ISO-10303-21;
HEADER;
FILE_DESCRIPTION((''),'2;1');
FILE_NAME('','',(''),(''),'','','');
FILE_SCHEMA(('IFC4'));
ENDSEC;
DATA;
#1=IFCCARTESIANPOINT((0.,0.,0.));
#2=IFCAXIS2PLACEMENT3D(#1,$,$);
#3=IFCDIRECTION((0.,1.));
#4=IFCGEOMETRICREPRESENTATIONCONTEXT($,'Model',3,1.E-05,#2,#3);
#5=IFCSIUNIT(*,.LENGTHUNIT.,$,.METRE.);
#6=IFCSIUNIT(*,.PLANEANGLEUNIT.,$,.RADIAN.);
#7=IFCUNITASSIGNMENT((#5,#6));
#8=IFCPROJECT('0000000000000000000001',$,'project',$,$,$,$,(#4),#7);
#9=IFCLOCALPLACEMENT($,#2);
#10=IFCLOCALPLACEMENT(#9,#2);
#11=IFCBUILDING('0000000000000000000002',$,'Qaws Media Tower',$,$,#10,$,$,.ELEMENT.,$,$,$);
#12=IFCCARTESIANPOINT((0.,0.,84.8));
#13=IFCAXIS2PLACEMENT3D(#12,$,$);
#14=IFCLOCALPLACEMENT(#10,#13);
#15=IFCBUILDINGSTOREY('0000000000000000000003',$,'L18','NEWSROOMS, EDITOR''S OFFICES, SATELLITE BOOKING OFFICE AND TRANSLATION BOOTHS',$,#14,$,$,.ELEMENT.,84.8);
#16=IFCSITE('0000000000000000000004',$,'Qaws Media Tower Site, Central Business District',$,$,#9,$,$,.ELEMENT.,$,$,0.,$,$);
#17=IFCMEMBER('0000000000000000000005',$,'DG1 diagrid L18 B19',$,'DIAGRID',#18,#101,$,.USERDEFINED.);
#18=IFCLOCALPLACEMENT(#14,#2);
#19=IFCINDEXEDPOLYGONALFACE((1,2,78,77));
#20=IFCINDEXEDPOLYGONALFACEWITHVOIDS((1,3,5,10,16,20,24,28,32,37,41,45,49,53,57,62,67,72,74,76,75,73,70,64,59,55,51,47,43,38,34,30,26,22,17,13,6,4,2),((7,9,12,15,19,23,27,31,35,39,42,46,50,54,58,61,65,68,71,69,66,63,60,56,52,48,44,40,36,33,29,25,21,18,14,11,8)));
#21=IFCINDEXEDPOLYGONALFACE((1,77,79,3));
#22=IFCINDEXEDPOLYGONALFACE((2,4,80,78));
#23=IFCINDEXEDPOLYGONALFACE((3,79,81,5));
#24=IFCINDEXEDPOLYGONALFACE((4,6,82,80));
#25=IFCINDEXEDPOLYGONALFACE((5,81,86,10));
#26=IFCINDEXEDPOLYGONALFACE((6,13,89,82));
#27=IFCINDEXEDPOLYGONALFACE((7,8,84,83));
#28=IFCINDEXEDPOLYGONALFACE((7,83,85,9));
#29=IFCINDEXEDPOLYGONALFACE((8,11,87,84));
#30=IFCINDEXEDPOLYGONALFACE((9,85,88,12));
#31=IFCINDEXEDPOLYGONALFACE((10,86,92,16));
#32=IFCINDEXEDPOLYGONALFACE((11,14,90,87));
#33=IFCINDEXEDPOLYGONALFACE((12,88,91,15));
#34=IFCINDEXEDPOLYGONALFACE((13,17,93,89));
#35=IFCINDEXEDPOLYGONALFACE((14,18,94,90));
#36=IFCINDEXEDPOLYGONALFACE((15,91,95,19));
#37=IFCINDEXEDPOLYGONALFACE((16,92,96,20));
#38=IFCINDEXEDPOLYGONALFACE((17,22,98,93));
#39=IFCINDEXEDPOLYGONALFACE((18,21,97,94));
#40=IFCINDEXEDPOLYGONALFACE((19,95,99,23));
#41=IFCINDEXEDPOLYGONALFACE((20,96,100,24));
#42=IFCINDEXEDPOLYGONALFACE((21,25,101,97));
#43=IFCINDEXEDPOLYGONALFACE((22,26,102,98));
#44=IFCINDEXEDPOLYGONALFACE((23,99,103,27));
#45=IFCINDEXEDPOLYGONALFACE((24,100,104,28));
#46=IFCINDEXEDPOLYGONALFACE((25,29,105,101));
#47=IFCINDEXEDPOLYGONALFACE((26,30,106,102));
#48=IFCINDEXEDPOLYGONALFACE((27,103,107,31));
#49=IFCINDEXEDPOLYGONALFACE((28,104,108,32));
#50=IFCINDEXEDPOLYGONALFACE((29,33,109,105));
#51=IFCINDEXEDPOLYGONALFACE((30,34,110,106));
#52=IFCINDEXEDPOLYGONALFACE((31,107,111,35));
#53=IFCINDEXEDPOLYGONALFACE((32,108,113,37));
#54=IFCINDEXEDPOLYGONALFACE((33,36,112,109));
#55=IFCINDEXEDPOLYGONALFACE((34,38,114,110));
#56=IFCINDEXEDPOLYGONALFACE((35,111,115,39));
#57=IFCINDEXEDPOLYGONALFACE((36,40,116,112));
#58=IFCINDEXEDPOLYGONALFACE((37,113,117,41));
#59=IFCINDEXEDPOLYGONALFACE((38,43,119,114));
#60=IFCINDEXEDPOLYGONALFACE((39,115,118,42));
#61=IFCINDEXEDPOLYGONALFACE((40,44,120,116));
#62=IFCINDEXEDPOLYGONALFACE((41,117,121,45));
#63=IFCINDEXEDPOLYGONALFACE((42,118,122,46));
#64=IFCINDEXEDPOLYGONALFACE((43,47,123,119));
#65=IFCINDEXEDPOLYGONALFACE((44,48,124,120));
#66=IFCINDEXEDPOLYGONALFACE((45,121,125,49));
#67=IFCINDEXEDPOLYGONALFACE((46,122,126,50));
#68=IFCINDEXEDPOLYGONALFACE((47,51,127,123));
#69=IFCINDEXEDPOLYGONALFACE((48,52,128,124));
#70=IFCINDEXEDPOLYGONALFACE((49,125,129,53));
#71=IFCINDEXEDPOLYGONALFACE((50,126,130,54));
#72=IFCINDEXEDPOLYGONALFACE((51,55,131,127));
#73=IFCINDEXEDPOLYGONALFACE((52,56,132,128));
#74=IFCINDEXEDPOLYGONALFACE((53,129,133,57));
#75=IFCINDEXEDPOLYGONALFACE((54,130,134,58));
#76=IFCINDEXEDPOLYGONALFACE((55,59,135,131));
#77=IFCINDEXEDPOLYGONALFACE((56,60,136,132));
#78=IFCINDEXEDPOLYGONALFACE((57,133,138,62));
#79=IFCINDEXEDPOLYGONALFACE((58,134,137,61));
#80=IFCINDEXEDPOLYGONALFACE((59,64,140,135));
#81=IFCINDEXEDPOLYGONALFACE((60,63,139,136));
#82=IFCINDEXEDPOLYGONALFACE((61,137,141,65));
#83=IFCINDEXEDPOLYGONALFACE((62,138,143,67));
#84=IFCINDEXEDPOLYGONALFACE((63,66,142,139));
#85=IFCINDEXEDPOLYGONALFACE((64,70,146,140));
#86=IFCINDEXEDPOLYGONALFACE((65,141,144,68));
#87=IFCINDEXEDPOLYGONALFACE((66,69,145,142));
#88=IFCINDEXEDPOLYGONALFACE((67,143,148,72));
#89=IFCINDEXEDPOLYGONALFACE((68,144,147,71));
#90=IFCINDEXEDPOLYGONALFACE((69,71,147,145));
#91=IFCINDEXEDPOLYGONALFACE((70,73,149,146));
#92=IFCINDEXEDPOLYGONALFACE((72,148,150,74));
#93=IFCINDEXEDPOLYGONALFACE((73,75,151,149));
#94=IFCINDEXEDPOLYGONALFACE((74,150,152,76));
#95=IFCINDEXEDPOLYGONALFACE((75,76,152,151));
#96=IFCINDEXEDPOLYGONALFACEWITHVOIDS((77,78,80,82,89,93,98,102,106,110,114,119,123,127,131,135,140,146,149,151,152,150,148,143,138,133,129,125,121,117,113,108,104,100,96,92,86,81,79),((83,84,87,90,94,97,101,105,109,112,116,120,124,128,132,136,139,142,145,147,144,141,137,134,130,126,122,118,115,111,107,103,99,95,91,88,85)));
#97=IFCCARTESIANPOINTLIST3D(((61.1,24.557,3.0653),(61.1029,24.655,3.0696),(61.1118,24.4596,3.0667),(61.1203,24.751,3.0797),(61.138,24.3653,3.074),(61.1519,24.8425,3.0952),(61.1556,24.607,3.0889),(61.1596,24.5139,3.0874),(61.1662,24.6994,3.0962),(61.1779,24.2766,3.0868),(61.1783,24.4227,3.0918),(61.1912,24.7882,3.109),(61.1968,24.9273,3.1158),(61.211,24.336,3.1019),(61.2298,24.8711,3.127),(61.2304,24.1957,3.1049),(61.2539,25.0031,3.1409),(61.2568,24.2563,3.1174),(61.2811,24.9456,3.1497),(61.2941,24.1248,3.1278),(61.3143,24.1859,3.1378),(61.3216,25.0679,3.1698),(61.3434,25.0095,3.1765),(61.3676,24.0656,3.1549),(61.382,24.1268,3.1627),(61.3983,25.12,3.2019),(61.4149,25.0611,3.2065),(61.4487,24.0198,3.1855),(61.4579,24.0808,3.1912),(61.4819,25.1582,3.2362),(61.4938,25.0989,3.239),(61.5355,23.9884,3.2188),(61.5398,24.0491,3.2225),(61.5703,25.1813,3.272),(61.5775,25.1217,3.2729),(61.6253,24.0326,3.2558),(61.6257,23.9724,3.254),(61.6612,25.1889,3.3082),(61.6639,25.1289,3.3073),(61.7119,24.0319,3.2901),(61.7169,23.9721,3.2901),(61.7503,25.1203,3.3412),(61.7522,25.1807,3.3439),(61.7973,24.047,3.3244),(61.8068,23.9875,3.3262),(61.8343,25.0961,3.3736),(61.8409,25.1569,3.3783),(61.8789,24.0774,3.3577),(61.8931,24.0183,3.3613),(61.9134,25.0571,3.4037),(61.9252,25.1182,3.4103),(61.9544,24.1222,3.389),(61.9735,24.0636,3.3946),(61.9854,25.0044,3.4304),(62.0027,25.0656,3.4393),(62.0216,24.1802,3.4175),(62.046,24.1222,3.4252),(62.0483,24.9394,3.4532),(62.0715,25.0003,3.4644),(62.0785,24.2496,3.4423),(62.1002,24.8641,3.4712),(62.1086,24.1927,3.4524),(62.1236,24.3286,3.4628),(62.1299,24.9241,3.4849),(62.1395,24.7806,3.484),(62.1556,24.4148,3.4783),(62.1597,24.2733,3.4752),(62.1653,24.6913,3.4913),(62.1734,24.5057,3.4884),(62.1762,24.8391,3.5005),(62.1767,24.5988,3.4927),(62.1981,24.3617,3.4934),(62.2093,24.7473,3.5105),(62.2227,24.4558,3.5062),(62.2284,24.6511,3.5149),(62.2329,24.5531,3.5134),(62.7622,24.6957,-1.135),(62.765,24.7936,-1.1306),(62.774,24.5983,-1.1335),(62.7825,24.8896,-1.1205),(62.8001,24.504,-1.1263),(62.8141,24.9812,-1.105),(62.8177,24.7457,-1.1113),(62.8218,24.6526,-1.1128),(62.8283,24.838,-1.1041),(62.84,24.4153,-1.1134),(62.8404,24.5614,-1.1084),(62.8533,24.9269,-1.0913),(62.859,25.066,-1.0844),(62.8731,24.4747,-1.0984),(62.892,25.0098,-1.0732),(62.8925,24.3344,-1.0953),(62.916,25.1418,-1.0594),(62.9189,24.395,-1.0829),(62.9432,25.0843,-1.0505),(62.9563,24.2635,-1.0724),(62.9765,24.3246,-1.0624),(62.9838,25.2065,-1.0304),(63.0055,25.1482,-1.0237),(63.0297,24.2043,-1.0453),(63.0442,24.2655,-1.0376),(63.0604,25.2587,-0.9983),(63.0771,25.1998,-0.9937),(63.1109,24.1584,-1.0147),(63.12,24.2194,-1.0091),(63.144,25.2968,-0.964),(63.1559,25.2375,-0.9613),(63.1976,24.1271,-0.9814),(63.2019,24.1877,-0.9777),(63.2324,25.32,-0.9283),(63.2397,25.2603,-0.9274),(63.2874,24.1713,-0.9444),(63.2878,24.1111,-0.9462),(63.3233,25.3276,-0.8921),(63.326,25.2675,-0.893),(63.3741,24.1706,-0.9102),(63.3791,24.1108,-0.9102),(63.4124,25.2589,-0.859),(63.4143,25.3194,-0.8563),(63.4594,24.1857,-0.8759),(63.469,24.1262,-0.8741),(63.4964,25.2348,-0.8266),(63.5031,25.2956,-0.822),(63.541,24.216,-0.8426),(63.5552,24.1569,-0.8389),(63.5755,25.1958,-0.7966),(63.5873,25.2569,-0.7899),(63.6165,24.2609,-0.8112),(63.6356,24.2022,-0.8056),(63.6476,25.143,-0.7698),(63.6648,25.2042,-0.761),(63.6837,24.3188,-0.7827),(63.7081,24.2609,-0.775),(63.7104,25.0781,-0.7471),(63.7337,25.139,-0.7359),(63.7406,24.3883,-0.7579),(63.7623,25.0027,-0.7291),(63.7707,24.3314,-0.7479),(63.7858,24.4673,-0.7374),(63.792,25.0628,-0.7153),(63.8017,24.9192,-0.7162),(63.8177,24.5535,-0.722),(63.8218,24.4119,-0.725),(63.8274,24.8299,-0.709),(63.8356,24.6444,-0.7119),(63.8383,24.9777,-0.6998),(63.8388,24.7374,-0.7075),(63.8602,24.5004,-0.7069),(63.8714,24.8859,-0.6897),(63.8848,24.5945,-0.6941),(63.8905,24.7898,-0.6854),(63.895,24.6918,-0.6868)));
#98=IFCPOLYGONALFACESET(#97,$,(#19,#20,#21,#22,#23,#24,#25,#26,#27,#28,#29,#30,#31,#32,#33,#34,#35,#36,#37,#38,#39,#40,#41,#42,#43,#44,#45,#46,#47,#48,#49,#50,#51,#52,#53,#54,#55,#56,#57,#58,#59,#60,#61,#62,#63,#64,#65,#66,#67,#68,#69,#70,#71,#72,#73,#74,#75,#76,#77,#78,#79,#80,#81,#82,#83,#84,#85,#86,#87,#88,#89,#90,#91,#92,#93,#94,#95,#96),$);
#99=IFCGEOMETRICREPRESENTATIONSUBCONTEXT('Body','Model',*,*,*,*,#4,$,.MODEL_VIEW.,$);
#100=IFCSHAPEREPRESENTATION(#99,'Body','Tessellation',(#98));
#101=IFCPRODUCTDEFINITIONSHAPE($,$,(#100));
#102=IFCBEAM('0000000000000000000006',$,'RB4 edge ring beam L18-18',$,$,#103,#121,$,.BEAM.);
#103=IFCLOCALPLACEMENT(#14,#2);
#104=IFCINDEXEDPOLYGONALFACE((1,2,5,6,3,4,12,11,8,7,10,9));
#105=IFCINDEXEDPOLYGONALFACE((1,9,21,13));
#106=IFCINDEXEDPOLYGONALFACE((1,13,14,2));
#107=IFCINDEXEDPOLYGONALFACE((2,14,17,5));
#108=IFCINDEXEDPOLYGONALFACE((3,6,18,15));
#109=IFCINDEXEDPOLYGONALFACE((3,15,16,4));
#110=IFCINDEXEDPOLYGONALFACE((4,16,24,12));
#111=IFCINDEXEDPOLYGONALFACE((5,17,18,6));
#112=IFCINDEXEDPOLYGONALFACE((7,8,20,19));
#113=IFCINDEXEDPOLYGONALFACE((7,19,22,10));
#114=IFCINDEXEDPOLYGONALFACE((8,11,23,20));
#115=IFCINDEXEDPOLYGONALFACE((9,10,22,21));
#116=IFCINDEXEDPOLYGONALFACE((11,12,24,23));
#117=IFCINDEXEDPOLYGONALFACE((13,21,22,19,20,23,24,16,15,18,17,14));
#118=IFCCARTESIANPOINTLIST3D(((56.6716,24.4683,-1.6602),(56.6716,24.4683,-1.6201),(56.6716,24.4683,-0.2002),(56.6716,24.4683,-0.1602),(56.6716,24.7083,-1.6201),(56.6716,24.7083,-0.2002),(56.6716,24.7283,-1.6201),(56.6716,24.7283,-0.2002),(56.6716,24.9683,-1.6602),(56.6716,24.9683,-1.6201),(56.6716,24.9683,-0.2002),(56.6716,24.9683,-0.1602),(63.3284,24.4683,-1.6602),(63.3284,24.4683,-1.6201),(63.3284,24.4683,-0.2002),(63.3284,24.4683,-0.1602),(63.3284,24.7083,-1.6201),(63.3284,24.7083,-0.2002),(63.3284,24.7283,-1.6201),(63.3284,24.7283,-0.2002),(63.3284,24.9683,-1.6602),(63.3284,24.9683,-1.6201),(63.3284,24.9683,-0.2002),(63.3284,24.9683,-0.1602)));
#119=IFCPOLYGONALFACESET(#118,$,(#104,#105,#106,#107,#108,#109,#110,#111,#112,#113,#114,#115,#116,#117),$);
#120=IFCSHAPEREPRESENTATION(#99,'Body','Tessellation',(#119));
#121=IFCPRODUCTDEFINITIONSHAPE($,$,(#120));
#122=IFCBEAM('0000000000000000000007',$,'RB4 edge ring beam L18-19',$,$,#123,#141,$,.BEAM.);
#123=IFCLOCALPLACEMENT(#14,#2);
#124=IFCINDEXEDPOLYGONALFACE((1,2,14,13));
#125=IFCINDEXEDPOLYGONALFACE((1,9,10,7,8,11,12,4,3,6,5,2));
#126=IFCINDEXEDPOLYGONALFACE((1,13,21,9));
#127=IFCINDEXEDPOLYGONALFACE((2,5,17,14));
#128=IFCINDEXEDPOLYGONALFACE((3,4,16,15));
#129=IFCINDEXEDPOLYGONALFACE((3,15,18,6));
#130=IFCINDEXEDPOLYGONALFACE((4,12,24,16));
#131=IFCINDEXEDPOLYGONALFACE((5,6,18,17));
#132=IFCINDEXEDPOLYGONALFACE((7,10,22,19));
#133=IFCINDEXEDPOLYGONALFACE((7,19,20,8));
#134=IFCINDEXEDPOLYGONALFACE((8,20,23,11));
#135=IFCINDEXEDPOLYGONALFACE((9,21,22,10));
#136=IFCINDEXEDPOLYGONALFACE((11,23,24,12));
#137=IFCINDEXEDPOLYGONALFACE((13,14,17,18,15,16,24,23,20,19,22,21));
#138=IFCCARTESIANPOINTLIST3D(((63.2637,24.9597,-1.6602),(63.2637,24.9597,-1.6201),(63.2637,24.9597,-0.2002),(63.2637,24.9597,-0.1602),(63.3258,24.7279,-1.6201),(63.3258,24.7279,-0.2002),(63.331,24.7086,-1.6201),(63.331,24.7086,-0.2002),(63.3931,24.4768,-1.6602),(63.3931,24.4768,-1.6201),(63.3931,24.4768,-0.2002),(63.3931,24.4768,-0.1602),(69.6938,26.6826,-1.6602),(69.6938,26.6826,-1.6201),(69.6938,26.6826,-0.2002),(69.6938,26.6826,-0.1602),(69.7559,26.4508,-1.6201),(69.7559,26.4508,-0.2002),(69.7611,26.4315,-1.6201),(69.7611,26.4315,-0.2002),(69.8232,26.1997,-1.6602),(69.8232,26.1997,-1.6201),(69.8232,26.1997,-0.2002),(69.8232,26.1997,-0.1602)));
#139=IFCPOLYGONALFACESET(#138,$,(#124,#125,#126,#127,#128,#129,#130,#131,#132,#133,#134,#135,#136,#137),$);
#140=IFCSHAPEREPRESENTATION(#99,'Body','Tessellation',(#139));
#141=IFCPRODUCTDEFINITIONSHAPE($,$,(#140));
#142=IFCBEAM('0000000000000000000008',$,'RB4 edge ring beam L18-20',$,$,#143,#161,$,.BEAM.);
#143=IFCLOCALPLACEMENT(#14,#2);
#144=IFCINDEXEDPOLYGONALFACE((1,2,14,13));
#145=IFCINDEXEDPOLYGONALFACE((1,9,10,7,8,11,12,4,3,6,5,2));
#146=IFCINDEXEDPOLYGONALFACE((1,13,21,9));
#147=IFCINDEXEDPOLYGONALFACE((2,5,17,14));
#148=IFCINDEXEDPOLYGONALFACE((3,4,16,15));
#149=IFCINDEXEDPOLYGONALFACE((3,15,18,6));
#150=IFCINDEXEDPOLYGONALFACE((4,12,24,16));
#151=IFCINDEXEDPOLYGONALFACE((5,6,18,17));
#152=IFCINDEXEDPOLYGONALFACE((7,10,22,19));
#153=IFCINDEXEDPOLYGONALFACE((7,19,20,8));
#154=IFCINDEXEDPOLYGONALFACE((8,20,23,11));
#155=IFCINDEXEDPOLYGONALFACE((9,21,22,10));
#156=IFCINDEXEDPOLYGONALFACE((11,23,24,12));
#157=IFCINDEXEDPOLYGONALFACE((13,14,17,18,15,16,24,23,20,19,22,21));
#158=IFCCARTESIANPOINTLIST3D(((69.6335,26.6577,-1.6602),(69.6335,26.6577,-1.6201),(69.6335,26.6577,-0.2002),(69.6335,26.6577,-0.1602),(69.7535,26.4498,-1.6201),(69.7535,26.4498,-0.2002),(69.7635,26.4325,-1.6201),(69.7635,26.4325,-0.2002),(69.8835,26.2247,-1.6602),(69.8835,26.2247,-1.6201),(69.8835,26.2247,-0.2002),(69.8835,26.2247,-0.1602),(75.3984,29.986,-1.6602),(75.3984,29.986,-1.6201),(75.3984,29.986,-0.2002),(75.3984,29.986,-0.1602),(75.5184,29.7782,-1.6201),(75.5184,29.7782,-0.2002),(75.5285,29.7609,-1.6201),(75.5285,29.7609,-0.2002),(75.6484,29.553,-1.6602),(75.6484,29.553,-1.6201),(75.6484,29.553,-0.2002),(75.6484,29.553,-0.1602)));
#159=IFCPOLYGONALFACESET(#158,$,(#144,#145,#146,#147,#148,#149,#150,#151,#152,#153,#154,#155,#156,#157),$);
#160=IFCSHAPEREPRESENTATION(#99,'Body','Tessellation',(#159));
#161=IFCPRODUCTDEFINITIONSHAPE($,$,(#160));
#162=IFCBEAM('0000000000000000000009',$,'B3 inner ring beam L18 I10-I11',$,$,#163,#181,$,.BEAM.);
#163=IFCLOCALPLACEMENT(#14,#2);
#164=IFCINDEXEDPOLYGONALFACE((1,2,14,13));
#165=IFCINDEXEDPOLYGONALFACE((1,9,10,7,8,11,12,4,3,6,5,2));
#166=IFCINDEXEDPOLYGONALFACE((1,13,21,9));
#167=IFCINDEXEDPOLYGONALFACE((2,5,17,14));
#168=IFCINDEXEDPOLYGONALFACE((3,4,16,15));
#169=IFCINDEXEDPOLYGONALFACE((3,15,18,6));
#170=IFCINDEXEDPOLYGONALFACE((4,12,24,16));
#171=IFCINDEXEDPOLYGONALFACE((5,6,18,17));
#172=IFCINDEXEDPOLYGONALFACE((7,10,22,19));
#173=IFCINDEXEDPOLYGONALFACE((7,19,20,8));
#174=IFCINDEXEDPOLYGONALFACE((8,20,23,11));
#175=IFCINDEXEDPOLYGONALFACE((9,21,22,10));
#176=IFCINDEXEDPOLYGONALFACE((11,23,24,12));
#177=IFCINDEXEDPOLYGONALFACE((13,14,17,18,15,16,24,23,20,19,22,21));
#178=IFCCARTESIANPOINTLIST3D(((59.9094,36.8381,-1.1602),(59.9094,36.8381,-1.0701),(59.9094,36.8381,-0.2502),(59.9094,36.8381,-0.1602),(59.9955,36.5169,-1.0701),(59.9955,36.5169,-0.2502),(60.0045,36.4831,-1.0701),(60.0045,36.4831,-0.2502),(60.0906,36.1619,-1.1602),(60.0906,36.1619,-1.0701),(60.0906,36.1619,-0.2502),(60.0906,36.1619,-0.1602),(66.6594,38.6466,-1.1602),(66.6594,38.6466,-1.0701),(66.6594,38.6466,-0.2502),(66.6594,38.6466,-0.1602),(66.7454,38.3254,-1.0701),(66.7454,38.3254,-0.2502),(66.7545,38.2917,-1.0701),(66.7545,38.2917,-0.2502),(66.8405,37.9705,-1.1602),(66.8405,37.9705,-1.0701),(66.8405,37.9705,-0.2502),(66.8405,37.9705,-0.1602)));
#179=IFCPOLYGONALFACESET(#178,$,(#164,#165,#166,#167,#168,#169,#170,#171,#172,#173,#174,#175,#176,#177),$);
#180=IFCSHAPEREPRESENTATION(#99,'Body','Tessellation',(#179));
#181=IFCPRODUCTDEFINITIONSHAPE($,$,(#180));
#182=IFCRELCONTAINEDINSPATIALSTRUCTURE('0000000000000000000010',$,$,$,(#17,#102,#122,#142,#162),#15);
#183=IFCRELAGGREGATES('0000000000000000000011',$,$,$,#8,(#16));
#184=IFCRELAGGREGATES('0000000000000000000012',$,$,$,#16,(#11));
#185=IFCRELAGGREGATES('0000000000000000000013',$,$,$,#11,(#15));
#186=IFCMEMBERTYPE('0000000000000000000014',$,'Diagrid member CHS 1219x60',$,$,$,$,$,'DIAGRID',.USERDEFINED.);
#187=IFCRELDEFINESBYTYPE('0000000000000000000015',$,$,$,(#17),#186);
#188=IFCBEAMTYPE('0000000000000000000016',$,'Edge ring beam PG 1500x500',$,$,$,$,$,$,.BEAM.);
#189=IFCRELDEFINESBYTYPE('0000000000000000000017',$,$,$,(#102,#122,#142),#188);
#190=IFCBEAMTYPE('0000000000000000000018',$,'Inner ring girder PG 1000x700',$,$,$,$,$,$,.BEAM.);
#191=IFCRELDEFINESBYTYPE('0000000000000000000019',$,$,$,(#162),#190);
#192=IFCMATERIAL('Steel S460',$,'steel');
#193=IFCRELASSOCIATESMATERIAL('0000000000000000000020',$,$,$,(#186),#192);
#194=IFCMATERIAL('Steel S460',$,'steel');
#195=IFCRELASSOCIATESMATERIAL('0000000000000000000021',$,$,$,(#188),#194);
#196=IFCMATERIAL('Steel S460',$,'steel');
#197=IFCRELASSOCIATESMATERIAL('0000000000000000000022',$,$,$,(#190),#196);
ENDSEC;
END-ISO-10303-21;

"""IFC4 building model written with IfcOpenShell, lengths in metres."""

from ifc_helpers import new_model, si_unit, direction, frame, origin, origin_2d, place, context, subcontext, project, spatial, hollow_circle, i_section, extrude, material, material_profile, profile_set, type_object, element, save


model = new_model("IFC4")

# Units and contexts
model_context = context("Model", 3, precision=1e-05, world=origin(), true_north=direction((0.0, 1.0)))
body_context = subcontext(model_context, "Body", "Model", "MODEL_VIEW")
ifc_project = project(units=[si_unit("LENGTHUNIT", "METRE"), si_unit("PLANEANGLEUNIT", "RADIAN")], contexts=[model_context])

# Site, building, storey
site_placement = place(None, origin())
site = spatial("IfcSite", under=ifc_project, at=site_placement, Name="Qaws Media Tower Site, Central Business District", CompositionType="ELEMENT", RefElevation=0.0)
building_placement = place(site_placement, origin())
building = spatial("IfcBuilding", under=site, at=building_placement, Name="Qaws Media Tower", CompositionType="ELEMENT")
storey_placement = place(building_placement, frame((0.0, 0.0, 84.8)))
storey = spatial("IfcBuildingStorey", under=building, at=storey_placement, Name="L18", Description="NEWSROOMS, EDITOR'S OFFICES, SATELLITE BOOKING OFFICE AND TRANSLATION BOOTHS", CompositionType="ELEMENT", Elevation=84.8)

# Member
ifc_material_1 = material(Name="Steel S460", Category="steel")
ifc_material_profile_1 = material_profile(ifc_material_1, hollow_circle(Radius=0.6096, WallThickness=0.0601, at=origin_2d()), Name="CHS 1219x60")
ifc_profile_set_1 = profile_set([ifc_material_profile_1], Name="Steel S460")
member_type_1 = type_object("IfcMemberType", Name="Diagrid member CHS 1219x60", ElementType="DIAGRID", PredefinedType="USERDEFINED", material=ifc_profile_set_1)
for number, where, z_axis, x_axis, name in (
    (1, (63.3284, 24.7183, -0.9102), (-0.367786, -0.030685, 0.929404), (0.083142, -0.996538, 0.0), "DG1 diagrid L18 B19"),
):
    element("IfcMember", number, at=place(storey_placement, frame(where, z_axis=z_axis, x_axis=x_axis)), inside=storey, type_object=member_type_1, Name=name, ObjectType="DIAGRID", PredefinedType="USERDEFINED", context=body_context, shape_type="SweptSolid", body=[
        extrude(hollow_circle(Radius=0.6096, WallThickness=0.0601, at=origin_2d()), origin(), (0.0, 0.0, 1.0), 4.5193),
    ])

# Beams
ifc_material_2 = material(Name="Steel S460", Category="steel")
ifc_material_profile_2 = material_profile(ifc_material_2, i_section(OverallWidth=0.5, OverallDepth=1.5, WebThickness=0.02, FlangeThickness=0.04, at=origin_2d()), Name="PG 1500x500")
ifc_profile_set_2 = profile_set([ifc_material_profile_2], Name="Steel S460")
beam_type_1 = type_object("IfcBeamType", Name="Edge ring beam PG 1500x500", PredefinedType="BEAM", material=ifc_profile_set_2)
beam_1_placement = place(storey_placement, frame((56.6716, 24.7183, -0.9102), z_axis=(1.0, 0.0, 0.0), x_axis=(0.0, 1.0, 0.0)))
element("IfcBeam", 2, at=beam_1_placement, inside=storey, type_object=beam_type_1, Name="RB4 edge ring beam L18-18", PredefinedType="BEAM", context=body_context, shape_type="SweptSolid", body=[
    extrude(i_section(OverallWidth=0.5, OverallDepth=1.5, WebThickness=0.02, FlangeThickness=0.04, at=origin_2d()), origin(), (0.0, 0.0, 1.0), 6.6567),
])
beam_2_placement = place(storey_placement, frame((63.3284, 24.7183, -0.9102), z_axis=(0.965928, 0.258811, 0.0), x_axis=(-0.258811, 0.965928, 0.0)))
element("IfcBeam", 3, at=beam_2_placement, inside=storey, type_object=beam_type_1, Name="RB4 edge ring beam L18-19", PredefinedType="BEAM", context=body_context, shape_type="SweptSolid", body=[
    extrude(i_section(OverallWidth=0.5, OverallDepth=1.5, WebThickness=0.02, FlangeThickness=0.04, at=origin_2d()), origin(), (0.0, 0.0, 1.0), 6.657),
])
beam_3_placement = place(storey_placement, frame((69.7585, 26.4412, -0.9102), z_axis=(0.866025, 0.500001, 0.0), x_axis=(-0.500001, 0.866025, 0.0)))
element("IfcBeam", 4, at=beam_3_placement, inside=storey, type_object=beam_type_1, Name="RB4 edge ring beam L18-20", PredefinedType="BEAM", context=body_context, shape_type="SweptSolid", body=[
    extrude(i_section(OverallWidth=0.5, OverallDepth=1.5, WebThickness=0.02, FlangeThickness=0.04, at=origin_2d()), origin(), (0.0, 0.0, 1.0), 6.6567),
])
ifc_material_3 = material(Name="Steel S460", Category="steel")
ifc_material_profile_3 = material_profile(ifc_material_3, i_section(OverallWidth=0.7, OverallDepth=1.0, WebThickness=0.0349, FlangeThickness=0.0901, at=origin_2d()), Name="PG 1000x700")
ifc_profile_set_3 = profile_set([ifc_material_profile_3], Name="Steel S460")
beam_type_2 = type_object("IfcBeamType", Name="Inner ring girder PG 1000x700", PredefinedType="BEAM", material=ifc_profile_set_3)
beam_4_placement = place(storey_placement, frame((60.0, 36.5, -0.6602), z_axis=(0.965928, 0.258811, 0.0), x_axis=(-0.258811, 0.965928, 0.0)))
element("IfcBeam", 5, at=beam_4_placement, inside=storey, type_object=beam_type_2, Name="B3 inner ring beam L18 I10-I11", PredefinedType="BEAM", context=body_context, shape_type="SweptSolid", body=[
    extrude(i_section(OverallWidth=0.7, OverallDepth=1.0, WebThickness=0.0349, FlangeThickness=0.0901, at=origin_2d()), origin(), (0.0, 0.0, 1.0), 6.988),
])

save(model, "model.ifc")
